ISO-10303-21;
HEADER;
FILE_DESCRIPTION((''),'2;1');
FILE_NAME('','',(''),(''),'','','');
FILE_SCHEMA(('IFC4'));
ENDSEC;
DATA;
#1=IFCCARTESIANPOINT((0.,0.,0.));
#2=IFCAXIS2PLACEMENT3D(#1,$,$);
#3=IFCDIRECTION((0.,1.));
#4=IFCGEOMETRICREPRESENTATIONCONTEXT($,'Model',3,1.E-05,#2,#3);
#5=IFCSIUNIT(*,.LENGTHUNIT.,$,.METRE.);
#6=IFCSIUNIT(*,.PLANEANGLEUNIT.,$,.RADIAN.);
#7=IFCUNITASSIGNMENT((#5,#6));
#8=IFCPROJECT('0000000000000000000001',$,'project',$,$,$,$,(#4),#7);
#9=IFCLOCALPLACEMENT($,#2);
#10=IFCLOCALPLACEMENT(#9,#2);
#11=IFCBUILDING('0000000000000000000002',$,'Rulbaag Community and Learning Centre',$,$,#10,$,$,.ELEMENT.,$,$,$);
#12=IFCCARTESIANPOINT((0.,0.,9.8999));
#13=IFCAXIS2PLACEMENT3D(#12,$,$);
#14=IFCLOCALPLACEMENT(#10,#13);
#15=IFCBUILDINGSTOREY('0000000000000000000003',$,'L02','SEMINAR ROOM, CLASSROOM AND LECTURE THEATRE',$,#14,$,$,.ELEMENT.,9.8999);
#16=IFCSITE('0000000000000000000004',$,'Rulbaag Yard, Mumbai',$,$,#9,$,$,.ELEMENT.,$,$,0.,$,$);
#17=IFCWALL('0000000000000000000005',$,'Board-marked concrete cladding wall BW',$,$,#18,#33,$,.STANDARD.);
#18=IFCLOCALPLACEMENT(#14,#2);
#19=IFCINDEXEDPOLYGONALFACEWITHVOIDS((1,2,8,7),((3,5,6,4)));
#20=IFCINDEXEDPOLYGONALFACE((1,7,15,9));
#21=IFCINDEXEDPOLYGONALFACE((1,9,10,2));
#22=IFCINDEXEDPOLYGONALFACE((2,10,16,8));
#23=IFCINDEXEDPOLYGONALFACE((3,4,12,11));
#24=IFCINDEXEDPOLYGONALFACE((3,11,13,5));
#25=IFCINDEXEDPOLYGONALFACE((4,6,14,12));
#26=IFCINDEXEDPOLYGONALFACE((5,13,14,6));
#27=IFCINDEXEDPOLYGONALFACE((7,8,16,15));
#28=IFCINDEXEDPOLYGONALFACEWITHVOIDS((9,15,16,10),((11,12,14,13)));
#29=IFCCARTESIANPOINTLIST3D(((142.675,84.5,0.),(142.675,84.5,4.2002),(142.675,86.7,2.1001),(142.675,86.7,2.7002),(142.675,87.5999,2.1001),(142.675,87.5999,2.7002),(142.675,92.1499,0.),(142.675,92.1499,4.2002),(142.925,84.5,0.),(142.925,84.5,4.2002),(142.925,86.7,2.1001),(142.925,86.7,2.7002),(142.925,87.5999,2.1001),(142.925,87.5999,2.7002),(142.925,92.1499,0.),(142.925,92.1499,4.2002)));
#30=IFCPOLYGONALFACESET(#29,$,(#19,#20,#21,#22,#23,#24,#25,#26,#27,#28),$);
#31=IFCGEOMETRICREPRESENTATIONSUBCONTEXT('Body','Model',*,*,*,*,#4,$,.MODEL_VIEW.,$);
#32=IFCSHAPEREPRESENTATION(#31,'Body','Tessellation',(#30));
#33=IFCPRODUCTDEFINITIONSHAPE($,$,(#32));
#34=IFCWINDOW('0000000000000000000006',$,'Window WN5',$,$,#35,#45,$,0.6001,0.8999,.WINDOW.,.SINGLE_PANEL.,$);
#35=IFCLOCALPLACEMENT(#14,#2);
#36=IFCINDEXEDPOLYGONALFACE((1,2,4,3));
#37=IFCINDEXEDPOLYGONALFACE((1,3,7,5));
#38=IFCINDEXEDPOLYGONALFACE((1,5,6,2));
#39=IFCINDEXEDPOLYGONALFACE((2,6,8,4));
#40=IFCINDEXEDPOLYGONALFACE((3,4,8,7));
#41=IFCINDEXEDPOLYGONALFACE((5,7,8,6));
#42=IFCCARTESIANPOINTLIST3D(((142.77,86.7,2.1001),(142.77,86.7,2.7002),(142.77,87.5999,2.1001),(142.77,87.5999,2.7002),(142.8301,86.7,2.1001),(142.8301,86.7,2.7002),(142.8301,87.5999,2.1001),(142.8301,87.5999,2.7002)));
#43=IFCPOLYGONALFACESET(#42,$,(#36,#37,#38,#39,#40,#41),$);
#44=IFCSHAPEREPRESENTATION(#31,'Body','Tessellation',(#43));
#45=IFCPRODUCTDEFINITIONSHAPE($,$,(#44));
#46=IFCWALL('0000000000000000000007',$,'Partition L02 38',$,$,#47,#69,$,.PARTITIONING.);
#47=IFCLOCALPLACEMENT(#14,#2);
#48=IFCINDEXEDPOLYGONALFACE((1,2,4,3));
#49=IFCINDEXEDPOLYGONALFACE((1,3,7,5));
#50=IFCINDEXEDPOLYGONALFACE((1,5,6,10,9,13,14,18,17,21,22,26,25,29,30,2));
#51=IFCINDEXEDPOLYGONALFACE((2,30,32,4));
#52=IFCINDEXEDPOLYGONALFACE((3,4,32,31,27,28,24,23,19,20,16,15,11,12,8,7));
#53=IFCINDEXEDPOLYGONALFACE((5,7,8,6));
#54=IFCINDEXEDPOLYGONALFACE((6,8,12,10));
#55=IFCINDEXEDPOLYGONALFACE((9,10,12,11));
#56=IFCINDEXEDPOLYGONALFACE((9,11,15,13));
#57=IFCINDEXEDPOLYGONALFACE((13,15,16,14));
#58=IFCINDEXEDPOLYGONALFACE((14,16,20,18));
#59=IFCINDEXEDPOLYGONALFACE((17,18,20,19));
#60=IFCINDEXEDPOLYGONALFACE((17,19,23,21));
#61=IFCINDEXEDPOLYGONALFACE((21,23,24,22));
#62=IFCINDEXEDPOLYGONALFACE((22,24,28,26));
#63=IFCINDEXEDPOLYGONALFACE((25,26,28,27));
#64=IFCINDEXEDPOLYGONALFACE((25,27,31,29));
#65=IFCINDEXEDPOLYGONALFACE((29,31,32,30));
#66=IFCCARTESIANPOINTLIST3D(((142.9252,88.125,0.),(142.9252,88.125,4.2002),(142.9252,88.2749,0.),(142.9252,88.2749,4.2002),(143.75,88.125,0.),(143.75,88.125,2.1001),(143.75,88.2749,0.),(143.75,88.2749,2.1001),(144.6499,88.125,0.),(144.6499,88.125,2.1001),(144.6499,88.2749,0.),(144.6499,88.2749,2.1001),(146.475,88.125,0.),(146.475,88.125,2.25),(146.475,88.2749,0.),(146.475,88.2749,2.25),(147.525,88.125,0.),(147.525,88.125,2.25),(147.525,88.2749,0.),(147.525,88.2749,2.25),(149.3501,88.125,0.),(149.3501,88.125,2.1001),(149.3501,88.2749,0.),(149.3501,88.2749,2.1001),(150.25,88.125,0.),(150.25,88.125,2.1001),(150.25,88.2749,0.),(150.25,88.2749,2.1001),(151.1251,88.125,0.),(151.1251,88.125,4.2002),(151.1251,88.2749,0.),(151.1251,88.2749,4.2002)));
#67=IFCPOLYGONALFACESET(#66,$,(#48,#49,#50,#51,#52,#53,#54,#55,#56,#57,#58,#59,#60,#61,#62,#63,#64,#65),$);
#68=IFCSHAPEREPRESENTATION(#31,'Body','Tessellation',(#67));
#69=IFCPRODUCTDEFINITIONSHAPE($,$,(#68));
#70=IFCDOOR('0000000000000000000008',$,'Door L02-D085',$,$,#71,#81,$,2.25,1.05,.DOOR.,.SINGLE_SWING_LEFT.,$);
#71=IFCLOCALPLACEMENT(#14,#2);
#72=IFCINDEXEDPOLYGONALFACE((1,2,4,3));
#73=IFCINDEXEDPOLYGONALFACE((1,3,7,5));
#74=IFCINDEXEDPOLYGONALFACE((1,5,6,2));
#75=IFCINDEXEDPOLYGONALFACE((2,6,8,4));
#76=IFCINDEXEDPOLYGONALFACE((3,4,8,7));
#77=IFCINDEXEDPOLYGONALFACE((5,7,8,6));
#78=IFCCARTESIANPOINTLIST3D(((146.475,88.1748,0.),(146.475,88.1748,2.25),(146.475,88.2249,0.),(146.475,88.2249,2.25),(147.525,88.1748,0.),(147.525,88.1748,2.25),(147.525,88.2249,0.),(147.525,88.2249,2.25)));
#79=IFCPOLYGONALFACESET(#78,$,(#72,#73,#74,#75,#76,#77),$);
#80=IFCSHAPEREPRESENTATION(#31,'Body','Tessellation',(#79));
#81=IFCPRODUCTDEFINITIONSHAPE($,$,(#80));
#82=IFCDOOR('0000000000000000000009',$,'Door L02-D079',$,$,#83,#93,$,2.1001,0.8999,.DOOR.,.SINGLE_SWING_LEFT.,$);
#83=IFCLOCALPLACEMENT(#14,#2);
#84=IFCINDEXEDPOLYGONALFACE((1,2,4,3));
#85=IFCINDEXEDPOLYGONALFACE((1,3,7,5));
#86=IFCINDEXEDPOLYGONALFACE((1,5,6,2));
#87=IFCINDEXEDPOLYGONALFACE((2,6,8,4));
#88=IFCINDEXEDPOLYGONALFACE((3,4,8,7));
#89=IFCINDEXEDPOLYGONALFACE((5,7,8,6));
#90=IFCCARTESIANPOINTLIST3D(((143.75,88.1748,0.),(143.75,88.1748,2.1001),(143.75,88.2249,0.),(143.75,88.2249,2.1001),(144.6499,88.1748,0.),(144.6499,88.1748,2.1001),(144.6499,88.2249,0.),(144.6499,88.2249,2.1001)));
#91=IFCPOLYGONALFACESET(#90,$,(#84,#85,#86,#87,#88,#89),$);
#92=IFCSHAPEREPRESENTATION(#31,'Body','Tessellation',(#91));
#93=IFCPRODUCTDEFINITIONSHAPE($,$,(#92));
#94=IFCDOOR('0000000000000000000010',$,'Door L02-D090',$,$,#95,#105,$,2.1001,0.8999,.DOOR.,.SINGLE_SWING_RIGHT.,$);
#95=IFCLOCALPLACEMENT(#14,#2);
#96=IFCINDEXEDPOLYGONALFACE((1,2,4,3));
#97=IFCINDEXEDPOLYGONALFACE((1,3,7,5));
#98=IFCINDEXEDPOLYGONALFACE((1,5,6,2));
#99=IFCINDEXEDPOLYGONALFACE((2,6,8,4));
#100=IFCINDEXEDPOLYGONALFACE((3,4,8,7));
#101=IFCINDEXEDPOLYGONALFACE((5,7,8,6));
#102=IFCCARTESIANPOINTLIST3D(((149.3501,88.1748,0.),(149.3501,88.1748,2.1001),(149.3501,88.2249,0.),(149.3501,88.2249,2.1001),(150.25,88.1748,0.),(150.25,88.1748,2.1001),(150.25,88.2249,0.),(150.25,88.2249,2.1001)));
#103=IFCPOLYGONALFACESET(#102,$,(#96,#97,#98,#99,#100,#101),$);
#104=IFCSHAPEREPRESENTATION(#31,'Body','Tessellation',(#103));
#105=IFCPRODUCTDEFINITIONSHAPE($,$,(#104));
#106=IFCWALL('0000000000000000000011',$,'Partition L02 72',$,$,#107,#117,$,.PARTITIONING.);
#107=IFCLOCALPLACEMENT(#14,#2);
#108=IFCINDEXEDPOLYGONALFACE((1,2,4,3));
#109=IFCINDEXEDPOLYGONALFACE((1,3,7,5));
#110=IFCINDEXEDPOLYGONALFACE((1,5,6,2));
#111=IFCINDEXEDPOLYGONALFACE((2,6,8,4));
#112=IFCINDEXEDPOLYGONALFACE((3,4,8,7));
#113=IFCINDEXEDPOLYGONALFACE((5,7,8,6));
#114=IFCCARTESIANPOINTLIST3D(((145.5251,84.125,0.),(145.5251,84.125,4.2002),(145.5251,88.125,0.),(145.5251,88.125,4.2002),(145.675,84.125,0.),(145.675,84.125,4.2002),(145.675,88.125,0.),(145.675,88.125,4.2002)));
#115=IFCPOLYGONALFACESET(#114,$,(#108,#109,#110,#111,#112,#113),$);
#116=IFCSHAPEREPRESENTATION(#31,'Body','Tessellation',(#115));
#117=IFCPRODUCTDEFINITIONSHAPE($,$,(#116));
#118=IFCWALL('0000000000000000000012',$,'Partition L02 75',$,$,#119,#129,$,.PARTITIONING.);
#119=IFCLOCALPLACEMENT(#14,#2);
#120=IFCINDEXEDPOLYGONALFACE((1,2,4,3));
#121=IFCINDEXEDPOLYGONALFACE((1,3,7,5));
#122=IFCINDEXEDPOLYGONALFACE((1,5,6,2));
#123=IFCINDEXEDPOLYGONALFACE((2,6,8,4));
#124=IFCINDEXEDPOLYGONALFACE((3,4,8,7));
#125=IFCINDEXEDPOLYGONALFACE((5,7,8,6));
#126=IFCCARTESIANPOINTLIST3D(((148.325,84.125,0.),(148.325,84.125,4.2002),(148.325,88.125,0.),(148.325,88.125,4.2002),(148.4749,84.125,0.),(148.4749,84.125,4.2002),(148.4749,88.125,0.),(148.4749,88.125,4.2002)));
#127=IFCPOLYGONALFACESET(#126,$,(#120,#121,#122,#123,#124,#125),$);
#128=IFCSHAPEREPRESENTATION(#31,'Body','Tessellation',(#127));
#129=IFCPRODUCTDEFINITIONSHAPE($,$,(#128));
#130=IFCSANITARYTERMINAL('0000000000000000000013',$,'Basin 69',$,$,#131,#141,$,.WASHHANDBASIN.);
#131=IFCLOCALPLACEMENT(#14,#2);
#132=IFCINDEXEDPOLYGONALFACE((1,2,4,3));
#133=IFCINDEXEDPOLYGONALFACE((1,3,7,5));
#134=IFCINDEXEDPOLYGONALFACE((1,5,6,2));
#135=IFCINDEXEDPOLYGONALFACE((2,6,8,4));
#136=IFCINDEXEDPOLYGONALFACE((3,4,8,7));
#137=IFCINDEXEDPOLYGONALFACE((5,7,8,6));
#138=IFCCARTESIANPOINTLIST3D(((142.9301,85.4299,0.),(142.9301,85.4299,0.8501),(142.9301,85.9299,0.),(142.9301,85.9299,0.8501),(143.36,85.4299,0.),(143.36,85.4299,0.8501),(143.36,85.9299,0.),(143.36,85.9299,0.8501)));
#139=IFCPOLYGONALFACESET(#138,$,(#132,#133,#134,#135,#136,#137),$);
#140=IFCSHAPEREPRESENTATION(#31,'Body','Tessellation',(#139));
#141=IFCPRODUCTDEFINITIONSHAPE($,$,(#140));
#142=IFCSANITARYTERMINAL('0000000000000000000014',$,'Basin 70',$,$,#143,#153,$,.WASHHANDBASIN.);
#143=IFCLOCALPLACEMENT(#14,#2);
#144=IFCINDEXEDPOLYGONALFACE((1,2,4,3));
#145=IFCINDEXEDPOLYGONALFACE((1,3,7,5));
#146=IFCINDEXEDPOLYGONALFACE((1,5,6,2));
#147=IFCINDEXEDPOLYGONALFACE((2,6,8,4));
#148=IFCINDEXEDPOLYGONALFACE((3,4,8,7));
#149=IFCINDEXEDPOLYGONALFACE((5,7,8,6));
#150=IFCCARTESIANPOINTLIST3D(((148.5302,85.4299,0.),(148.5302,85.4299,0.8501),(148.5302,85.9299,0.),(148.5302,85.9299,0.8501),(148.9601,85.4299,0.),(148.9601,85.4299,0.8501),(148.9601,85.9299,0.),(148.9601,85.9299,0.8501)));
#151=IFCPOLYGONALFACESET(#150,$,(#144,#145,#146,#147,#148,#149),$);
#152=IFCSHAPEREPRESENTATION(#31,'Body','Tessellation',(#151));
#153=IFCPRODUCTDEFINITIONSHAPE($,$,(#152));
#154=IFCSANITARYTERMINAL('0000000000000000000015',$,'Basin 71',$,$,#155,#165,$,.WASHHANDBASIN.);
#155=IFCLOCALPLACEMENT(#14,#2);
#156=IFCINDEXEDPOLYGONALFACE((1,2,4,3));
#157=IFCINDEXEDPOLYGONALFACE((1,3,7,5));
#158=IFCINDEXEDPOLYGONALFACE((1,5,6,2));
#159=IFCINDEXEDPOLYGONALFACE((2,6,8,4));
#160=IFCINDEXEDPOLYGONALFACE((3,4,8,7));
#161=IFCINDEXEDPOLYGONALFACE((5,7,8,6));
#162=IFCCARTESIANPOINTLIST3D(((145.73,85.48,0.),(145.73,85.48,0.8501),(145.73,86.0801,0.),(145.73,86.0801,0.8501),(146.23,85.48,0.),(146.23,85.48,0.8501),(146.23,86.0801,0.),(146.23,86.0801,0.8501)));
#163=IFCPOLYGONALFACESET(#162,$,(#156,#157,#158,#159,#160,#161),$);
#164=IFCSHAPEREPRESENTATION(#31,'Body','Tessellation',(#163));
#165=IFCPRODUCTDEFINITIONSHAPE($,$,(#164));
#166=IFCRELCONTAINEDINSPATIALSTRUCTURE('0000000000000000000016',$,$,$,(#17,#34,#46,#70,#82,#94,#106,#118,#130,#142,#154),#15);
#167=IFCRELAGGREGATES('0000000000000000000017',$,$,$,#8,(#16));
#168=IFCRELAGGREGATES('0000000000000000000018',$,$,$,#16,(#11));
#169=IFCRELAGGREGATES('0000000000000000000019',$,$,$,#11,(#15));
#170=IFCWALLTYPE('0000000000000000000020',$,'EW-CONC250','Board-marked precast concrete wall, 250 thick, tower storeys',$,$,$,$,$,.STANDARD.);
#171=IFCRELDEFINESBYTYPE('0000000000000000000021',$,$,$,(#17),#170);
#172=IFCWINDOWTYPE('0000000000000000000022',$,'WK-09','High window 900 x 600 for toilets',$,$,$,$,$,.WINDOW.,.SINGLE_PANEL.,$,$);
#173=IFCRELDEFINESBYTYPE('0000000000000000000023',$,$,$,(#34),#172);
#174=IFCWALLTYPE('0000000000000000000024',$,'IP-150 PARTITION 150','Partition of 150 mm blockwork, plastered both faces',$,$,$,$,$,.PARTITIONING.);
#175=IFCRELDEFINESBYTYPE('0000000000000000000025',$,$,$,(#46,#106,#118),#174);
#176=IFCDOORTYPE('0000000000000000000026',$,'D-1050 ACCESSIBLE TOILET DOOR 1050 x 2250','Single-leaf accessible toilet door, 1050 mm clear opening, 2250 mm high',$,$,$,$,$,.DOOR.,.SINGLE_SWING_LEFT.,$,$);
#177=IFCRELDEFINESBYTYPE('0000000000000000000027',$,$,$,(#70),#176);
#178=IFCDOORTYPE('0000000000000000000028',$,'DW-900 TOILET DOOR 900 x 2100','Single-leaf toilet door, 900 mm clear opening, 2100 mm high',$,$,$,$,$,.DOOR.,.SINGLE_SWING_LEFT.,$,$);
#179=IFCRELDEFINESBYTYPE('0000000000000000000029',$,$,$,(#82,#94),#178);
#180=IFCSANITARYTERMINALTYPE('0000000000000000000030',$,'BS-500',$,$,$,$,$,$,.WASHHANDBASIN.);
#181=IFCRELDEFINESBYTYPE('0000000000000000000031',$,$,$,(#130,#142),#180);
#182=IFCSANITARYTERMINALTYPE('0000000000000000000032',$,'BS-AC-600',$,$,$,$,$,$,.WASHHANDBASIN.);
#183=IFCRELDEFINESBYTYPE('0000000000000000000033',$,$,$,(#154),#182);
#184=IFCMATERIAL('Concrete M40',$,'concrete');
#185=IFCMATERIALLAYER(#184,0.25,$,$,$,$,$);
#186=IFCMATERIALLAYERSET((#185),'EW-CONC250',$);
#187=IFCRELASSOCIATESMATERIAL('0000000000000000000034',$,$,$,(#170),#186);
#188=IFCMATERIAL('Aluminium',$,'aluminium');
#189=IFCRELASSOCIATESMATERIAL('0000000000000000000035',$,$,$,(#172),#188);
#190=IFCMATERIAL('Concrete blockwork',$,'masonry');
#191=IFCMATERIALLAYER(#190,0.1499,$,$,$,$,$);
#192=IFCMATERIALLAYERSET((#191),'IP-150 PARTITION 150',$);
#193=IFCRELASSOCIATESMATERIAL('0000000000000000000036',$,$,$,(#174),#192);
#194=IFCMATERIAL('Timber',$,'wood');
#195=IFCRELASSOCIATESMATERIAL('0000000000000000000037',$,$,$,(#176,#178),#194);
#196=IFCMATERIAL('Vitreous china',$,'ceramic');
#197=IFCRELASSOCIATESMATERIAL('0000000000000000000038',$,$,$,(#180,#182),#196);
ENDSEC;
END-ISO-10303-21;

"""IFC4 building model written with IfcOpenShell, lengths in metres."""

from ifc_helpers import new_model, si_unit, direction, frame, frame_2d, origin, origin_2d, place, context, subcontext, project, spatial, rectangle, extrude, material, layer, layer_set, type_object, element, fill, save


model = new_model("IFC4")

# Units and contexts
model_context = context("Model", 3, precision=1e-05, world=origin(), true_north=direction((0.0, 1.0)))
body_context = subcontext(model_context, "Body", "Model", "MODEL_VIEW")
ifc_project = project(units=[si_unit("LENGTHUNIT", "METRE"), si_unit("PLANEANGLEUNIT", "RADIAN")], contexts=[model_context])

# Site, building, storey
site_placement = place(None, origin())
site = spatial("IfcSite", under=ifc_project, at=site_placement, Name="Rulbaag Yard, Mumbai", CompositionType="ELEMENT", RefElevation=0.0)
building_placement = place(site_placement, origin())
building = spatial("IfcBuilding", under=site, at=building_placement, Name="Rulbaag Community and Learning Centre", CompositionType="ELEMENT")
storey_placement = place(building_placement, frame((0.0, 0.0, 9.8999)))
storey = spatial("IfcBuildingStorey", under=building, at=storey_placement, Name="L02", Description="SEMINAR ROOM, CLASSROOM AND LECTURE THEATRE", CompositionType="ELEMENT", Elevation=9.8999)

# Shared definitions
ifc_material_1 = material(Name="Concrete M40", Category="concrete")

# Wall, opening, window
ifc_layer_1 = layer(ifc_material_1, 0.25)
ifc_layer_set_1 = layer_set([ifc_layer_1], Name="EW-CONC250")
wall_type_1 = type_object("IfcWallType", Name="EW-CONC250", Description="Board-marked precast concrete wall, 250 thick, tower storeys", PredefinedType="STANDARD", material=ifc_layer_set_1)
wall_1_placement = place(storey_placement, frame((142.8, 84.5, 0.0), z_axis=(0.0, 0.0, 1.0), x_axis=(0.0, 1.0, 0.0)))
wall_1 = element("IfcWall", 1, at=wall_1_placement, inside=storey, type_object=wall_type_1, Name="Board-marked concrete cladding wall BW", PredefinedType="STANDARD", context=body_context, shape_type="SweptSolid", body=[
    extrude(rectangle(XDim=7.6499, YDim=0.25, at=frame_2d((3.825, 0.0))), origin(), (0.0, 0.0, 1.0), 4.2002),
])
opening_1_placement = place(wall_1_placement, frame((2.2, 0.0, 2.1001)))
opening_1 = element("IfcOpeningElement", 2, at=opening_1_placement, cuts=wall_1, PredefinedType="OPENING", context=body_context, shape_type="SweptSolid", body=[
    extrude(rectangle(XDim=0.8999, YDim=0.6001, at=frame_2d((0.45, 0.3))), frame((0.0, 0.135, 0.0), z_axis=(0.0, -1.0, 0.0), x_axis=(1.0, 0.0, 0.0)), (0.0, 0.0, 1.0), 0.27),
])
ifc_material_2 = material(Name="Aluminium", Category="aluminium")
window_type = type_object("IfcWindowType", Name="WK-09", Description="High window 900 x 600 for toilets", PartitioningType="SINGLE_PANEL", PredefinedType="WINDOW", material=ifc_material_2)
window_placement = place(opening_1_placement, origin())
window = element("IfcWindow", 3, at=window_placement, inside=storey, type_object=window_type, Name="Window WN5", OverallHeight=0.6001, OverallWidth=0.8999, PartitioningType="SINGLE_PANEL", PredefinedType="WINDOW", context=body_context, shape_type="SweptSolid", body=[
    extrude(rectangle(XDim=0.8999, YDim=0.6001, at=frame_2d((0.45, 0.3))), frame((0.0, 0.03, 0.0), z_axis=(0.0, -1.0, 0.0), x_axis=(1.0, 0.0, 0.0)), (0.0, 0.0, 1.0), 0.0601),
])
fill(opening_1, window)

# Wall, openings, doors
ifc_material_3 = material(Name="Concrete blockwork", Category="masonry")
ifc_layer_2 = layer(ifc_material_3, 0.1499)
ifc_layer_set_2 = layer_set([ifc_layer_2], Name="IP-150 PARTITION 150")
wall_type_2 = type_object("IfcWallType", Name="IP-150 PARTITION 150", Description="Partition of 150 mm blockwork, plastered both faces", PredefinedType="PARTITIONING", material=ifc_layer_set_2)
wall_2_placement = place(storey_placement, frame((142.925, 88.2, 0.0), z_axis=(0.0, 0.0, 1.0), x_axis=(1.0, 0.0, 0.0)))
wall_2 = element("IfcWall", 4, at=wall_2_placement, inside=storey, type_object=wall_type_2, Name="Partition L02 38", PredefinedType="PARTITIONING", context=body_context, shape_type="SweptSolid", body=[
    extrude(rectangle(XDim=8.2, YDim=0.1499, at=frame_2d((4.1001, 0.0))), origin(), (0.0, 0.0, 1.0), 4.2002),
])
opening_2_placement = place(wall_2_placement, frame((0.825, 0.0, 0.0)))
opening_2 = element("IfcOpeningElement", 5, at=opening_2_placement, cuts=wall_2, PredefinedType="OPENING", context=body_context, shape_type="SweptSolid", body=[
    extrude(rectangle(XDim=0.8999, YDim=2.1001, at=frame_2d((0.45, 1.05))), frame((0.0, 0.085, 0.0), z_axis=(0.0, -1.0, 0.0), x_axis=(1.0, 0.0, 0.0)), (0.0, 0.0, 1.0), 0.1699),
])
opening_3_placement = place(wall_2_placement, frame((3.55, 0.0, 0.0)))
opening_3 = element("IfcOpeningElement", 6, at=opening_3_placement, cuts=wall_2, PredefinedType="OPENING", context=body_context, shape_type="SweptSolid", body=[
    extrude(rectangle(XDim=1.05, YDim=2.25, at=frame_2d((0.5249, 1.125))), frame((0.0, 0.085, 0.0), z_axis=(0.0, -1.0, 0.0), x_axis=(1.0, 0.0, 0.0)), (0.0, 0.0, 1.0), 0.1699),
])
opening_4_placement = place(wall_2_placement, frame((6.425, 0.0, 0.0)))
opening_4 = element("IfcOpeningElement", 7, at=opening_4_placement, cuts=wall_2, PredefinedType="OPENING", context=body_context, shape_type="SweptSolid", body=[
    extrude(rectangle(XDim=0.8999, YDim=2.1001, at=frame_2d((0.45, 1.05))), frame((0.0, 0.085, 0.0), z_axis=(0.0, -1.0, 0.0), x_axis=(1.0, 0.0, 0.0)), (0.0, 0.0, 1.0), 0.1699),
])
ifc_material_4 = material(Name="Timber", Category="wood")
door_type_1 = type_object("IfcDoorType", Name="D-1050 ACCESSIBLE TOILET DOOR 1050 x 2250", Description="Single-leaf accessible toilet door, 1050 mm clear opening, 2250 mm high", OperationType="SINGLE_SWING_LEFT", PredefinedType="DOOR", material=ifc_material_4)
door_1_placement = place(opening_3_placement, origin())
door_1 = element("IfcDoor", 8, at=door_1_placement, inside=storey, type_object=door_type_1, Name="Door L02-D085", OperationType="SINGLE_SWING_LEFT", OverallHeight=2.25, OverallWidth=1.05, PredefinedType="DOOR", context=body_context, shape_type="SweptSolid", body=[
    extrude(rectangle(XDim=1.05, YDim=2.25, at=frame_2d((0.5249, 1.125))), frame((0.0, 0.0249, 0.0), z_axis=(0.0, -1.0, 0.0), x_axis=(1.0, 0.0, 0.0)), (0.0, 0.0, 1.0), 0.05),
])
fill(opening_3, door_1)
door_type_2 = type_object("IfcDoorType", Name="DW-900 TOILET DOOR 900 x 2100", Description="Single-leaf toilet door, 900 mm clear opening, 2100 mm high", OperationType="SINGLE_SWING_LEFT", PredefinedType="DOOR", material=ifc_material_4)
door_2_placement = place(opening_2_placement, origin())
door_2 = element("IfcDoor", 9, at=door_2_placement, inside=storey, type_object=door_type_2, Name="Door L02-D079", OperationType="SINGLE_SWING_LEFT", OverallHeight=2.1001, OverallWidth=0.8999, PredefinedType="DOOR", context=body_context, shape_type="SweptSolid", body=[
    extrude(rectangle(XDim=0.8999, YDim=2.1001, at=frame_2d((0.45, 1.05))), frame((0.0, 0.0249, 0.0), z_axis=(0.0, -1.0, 0.0), x_axis=(1.0, 0.0, 0.0)), (0.0, 0.0, 1.0), 0.05),
])
fill(opening_2, door_2)
door_3_placement = place(opening_4_placement, origin())
door_3 = element("IfcDoor", 10, at=door_3_placement, inside=storey, type_object=door_type_2, Name="Door L02-D090", OperationType="SINGLE_SWING_RIGHT", OverallHeight=2.1001, OverallWidth=0.8999, PredefinedType="DOOR", context=body_context, shape_type="SweptSolid", body=[
    extrude(rectangle(XDim=0.8999, YDim=2.1001, at=frame_2d((0.45, 1.05))), frame((0.0, 0.0249, 0.0), z_axis=(0.0, -1.0, 0.0), x_axis=(1.0, 0.0, 0.0)), (0.0, 0.0, 1.0), 0.05),
])
fill(opening_4, door_3)

# Walls
for number, where, z_axis, x_axis, name in (
    (11, (145.6001, 84.125, 0.0), (0.0, 0.0, 1.0), (0.0, 1.0, 0.0), "Partition L02 72"),
    (12, (148.3999, 84.125, 0.0), (0.0, 0.0, 1.0), (0.0, 1.0, 0.0), "Partition L02 75"),
):
    element("IfcWall", number, at=place(storey_placement, frame(where, z_axis=z_axis, x_axis=x_axis)), inside=storey, type_object=wall_type_2, Name=name, PredefinedType="PARTITIONING", context=body_context, shape_type="SweptSolid", body=[
        extrude(rectangle(XDim=4.0, YDim=0.1499, at=frame_2d((2.0, 0.0))), origin(), (0.0, 0.0, 1.0), 4.2002),
    ])

# Sanitary terminals
ifc_material_5 = material(Name="Vitreous china", Category="ceramic")
sanitary_terminal_type_1 = type_object("IfcSanitaryTerminalType", Name="BS-500", PredefinedType="WASHHANDBASIN", material=ifc_material_5)
for number, where, z_axis, x_axis, name in (
    (13, (143.145, 85.6799, 0.0), (0.0, 0.0, 1.0), (1.0, 0.0, 0.0), "Basin 69"),
    (14, (148.7451, 85.6799, 0.0), (0.0, 0.0, 1.0), (1.0, 0.0, 0.0), "Basin 70"),
):
    element("IfcSanitaryTerminal", number, at=place(storey_placement, frame(where, z_axis=z_axis, x_axis=x_axis)), inside=storey, type_object=sanitary_terminal_type_1, Name=name, PredefinedType="WASHHANDBASIN", context=body_context, shape_type="SweptSolid", body=[
        extrude(rectangle(XDim=0.4299, YDim=0.5, at=origin_2d()), origin(), (0.0, 0.0, 1.0), 0.8501),
    ])
sanitary_terminal_type_2 = type_object("IfcSanitaryTerminalType", Name="BS-AC-600", PredefinedType="WASHHANDBASIN", material=ifc_material_5)
sanitary_terminal_1_placement = place(storey_placement, frame((145.98, 85.78, 0.0), z_axis=(0.0, 0.0, 1.0), x_axis=(1.0, 0.0, 0.0)))
element("IfcSanitaryTerminal", 15, at=sanitary_terminal_1_placement, inside=storey, type_object=sanitary_terminal_type_2, Name="Basin 71", PredefinedType="WASHHANDBASIN", context=body_context, shape_type="SweptSolid", body=[
    extrude(rectangle(XDim=0.5, YDim=0.6001, at=origin_2d()), origin(), (0.0, 0.0, 1.0), 0.8501),
])

save(model, "model.ifc")
